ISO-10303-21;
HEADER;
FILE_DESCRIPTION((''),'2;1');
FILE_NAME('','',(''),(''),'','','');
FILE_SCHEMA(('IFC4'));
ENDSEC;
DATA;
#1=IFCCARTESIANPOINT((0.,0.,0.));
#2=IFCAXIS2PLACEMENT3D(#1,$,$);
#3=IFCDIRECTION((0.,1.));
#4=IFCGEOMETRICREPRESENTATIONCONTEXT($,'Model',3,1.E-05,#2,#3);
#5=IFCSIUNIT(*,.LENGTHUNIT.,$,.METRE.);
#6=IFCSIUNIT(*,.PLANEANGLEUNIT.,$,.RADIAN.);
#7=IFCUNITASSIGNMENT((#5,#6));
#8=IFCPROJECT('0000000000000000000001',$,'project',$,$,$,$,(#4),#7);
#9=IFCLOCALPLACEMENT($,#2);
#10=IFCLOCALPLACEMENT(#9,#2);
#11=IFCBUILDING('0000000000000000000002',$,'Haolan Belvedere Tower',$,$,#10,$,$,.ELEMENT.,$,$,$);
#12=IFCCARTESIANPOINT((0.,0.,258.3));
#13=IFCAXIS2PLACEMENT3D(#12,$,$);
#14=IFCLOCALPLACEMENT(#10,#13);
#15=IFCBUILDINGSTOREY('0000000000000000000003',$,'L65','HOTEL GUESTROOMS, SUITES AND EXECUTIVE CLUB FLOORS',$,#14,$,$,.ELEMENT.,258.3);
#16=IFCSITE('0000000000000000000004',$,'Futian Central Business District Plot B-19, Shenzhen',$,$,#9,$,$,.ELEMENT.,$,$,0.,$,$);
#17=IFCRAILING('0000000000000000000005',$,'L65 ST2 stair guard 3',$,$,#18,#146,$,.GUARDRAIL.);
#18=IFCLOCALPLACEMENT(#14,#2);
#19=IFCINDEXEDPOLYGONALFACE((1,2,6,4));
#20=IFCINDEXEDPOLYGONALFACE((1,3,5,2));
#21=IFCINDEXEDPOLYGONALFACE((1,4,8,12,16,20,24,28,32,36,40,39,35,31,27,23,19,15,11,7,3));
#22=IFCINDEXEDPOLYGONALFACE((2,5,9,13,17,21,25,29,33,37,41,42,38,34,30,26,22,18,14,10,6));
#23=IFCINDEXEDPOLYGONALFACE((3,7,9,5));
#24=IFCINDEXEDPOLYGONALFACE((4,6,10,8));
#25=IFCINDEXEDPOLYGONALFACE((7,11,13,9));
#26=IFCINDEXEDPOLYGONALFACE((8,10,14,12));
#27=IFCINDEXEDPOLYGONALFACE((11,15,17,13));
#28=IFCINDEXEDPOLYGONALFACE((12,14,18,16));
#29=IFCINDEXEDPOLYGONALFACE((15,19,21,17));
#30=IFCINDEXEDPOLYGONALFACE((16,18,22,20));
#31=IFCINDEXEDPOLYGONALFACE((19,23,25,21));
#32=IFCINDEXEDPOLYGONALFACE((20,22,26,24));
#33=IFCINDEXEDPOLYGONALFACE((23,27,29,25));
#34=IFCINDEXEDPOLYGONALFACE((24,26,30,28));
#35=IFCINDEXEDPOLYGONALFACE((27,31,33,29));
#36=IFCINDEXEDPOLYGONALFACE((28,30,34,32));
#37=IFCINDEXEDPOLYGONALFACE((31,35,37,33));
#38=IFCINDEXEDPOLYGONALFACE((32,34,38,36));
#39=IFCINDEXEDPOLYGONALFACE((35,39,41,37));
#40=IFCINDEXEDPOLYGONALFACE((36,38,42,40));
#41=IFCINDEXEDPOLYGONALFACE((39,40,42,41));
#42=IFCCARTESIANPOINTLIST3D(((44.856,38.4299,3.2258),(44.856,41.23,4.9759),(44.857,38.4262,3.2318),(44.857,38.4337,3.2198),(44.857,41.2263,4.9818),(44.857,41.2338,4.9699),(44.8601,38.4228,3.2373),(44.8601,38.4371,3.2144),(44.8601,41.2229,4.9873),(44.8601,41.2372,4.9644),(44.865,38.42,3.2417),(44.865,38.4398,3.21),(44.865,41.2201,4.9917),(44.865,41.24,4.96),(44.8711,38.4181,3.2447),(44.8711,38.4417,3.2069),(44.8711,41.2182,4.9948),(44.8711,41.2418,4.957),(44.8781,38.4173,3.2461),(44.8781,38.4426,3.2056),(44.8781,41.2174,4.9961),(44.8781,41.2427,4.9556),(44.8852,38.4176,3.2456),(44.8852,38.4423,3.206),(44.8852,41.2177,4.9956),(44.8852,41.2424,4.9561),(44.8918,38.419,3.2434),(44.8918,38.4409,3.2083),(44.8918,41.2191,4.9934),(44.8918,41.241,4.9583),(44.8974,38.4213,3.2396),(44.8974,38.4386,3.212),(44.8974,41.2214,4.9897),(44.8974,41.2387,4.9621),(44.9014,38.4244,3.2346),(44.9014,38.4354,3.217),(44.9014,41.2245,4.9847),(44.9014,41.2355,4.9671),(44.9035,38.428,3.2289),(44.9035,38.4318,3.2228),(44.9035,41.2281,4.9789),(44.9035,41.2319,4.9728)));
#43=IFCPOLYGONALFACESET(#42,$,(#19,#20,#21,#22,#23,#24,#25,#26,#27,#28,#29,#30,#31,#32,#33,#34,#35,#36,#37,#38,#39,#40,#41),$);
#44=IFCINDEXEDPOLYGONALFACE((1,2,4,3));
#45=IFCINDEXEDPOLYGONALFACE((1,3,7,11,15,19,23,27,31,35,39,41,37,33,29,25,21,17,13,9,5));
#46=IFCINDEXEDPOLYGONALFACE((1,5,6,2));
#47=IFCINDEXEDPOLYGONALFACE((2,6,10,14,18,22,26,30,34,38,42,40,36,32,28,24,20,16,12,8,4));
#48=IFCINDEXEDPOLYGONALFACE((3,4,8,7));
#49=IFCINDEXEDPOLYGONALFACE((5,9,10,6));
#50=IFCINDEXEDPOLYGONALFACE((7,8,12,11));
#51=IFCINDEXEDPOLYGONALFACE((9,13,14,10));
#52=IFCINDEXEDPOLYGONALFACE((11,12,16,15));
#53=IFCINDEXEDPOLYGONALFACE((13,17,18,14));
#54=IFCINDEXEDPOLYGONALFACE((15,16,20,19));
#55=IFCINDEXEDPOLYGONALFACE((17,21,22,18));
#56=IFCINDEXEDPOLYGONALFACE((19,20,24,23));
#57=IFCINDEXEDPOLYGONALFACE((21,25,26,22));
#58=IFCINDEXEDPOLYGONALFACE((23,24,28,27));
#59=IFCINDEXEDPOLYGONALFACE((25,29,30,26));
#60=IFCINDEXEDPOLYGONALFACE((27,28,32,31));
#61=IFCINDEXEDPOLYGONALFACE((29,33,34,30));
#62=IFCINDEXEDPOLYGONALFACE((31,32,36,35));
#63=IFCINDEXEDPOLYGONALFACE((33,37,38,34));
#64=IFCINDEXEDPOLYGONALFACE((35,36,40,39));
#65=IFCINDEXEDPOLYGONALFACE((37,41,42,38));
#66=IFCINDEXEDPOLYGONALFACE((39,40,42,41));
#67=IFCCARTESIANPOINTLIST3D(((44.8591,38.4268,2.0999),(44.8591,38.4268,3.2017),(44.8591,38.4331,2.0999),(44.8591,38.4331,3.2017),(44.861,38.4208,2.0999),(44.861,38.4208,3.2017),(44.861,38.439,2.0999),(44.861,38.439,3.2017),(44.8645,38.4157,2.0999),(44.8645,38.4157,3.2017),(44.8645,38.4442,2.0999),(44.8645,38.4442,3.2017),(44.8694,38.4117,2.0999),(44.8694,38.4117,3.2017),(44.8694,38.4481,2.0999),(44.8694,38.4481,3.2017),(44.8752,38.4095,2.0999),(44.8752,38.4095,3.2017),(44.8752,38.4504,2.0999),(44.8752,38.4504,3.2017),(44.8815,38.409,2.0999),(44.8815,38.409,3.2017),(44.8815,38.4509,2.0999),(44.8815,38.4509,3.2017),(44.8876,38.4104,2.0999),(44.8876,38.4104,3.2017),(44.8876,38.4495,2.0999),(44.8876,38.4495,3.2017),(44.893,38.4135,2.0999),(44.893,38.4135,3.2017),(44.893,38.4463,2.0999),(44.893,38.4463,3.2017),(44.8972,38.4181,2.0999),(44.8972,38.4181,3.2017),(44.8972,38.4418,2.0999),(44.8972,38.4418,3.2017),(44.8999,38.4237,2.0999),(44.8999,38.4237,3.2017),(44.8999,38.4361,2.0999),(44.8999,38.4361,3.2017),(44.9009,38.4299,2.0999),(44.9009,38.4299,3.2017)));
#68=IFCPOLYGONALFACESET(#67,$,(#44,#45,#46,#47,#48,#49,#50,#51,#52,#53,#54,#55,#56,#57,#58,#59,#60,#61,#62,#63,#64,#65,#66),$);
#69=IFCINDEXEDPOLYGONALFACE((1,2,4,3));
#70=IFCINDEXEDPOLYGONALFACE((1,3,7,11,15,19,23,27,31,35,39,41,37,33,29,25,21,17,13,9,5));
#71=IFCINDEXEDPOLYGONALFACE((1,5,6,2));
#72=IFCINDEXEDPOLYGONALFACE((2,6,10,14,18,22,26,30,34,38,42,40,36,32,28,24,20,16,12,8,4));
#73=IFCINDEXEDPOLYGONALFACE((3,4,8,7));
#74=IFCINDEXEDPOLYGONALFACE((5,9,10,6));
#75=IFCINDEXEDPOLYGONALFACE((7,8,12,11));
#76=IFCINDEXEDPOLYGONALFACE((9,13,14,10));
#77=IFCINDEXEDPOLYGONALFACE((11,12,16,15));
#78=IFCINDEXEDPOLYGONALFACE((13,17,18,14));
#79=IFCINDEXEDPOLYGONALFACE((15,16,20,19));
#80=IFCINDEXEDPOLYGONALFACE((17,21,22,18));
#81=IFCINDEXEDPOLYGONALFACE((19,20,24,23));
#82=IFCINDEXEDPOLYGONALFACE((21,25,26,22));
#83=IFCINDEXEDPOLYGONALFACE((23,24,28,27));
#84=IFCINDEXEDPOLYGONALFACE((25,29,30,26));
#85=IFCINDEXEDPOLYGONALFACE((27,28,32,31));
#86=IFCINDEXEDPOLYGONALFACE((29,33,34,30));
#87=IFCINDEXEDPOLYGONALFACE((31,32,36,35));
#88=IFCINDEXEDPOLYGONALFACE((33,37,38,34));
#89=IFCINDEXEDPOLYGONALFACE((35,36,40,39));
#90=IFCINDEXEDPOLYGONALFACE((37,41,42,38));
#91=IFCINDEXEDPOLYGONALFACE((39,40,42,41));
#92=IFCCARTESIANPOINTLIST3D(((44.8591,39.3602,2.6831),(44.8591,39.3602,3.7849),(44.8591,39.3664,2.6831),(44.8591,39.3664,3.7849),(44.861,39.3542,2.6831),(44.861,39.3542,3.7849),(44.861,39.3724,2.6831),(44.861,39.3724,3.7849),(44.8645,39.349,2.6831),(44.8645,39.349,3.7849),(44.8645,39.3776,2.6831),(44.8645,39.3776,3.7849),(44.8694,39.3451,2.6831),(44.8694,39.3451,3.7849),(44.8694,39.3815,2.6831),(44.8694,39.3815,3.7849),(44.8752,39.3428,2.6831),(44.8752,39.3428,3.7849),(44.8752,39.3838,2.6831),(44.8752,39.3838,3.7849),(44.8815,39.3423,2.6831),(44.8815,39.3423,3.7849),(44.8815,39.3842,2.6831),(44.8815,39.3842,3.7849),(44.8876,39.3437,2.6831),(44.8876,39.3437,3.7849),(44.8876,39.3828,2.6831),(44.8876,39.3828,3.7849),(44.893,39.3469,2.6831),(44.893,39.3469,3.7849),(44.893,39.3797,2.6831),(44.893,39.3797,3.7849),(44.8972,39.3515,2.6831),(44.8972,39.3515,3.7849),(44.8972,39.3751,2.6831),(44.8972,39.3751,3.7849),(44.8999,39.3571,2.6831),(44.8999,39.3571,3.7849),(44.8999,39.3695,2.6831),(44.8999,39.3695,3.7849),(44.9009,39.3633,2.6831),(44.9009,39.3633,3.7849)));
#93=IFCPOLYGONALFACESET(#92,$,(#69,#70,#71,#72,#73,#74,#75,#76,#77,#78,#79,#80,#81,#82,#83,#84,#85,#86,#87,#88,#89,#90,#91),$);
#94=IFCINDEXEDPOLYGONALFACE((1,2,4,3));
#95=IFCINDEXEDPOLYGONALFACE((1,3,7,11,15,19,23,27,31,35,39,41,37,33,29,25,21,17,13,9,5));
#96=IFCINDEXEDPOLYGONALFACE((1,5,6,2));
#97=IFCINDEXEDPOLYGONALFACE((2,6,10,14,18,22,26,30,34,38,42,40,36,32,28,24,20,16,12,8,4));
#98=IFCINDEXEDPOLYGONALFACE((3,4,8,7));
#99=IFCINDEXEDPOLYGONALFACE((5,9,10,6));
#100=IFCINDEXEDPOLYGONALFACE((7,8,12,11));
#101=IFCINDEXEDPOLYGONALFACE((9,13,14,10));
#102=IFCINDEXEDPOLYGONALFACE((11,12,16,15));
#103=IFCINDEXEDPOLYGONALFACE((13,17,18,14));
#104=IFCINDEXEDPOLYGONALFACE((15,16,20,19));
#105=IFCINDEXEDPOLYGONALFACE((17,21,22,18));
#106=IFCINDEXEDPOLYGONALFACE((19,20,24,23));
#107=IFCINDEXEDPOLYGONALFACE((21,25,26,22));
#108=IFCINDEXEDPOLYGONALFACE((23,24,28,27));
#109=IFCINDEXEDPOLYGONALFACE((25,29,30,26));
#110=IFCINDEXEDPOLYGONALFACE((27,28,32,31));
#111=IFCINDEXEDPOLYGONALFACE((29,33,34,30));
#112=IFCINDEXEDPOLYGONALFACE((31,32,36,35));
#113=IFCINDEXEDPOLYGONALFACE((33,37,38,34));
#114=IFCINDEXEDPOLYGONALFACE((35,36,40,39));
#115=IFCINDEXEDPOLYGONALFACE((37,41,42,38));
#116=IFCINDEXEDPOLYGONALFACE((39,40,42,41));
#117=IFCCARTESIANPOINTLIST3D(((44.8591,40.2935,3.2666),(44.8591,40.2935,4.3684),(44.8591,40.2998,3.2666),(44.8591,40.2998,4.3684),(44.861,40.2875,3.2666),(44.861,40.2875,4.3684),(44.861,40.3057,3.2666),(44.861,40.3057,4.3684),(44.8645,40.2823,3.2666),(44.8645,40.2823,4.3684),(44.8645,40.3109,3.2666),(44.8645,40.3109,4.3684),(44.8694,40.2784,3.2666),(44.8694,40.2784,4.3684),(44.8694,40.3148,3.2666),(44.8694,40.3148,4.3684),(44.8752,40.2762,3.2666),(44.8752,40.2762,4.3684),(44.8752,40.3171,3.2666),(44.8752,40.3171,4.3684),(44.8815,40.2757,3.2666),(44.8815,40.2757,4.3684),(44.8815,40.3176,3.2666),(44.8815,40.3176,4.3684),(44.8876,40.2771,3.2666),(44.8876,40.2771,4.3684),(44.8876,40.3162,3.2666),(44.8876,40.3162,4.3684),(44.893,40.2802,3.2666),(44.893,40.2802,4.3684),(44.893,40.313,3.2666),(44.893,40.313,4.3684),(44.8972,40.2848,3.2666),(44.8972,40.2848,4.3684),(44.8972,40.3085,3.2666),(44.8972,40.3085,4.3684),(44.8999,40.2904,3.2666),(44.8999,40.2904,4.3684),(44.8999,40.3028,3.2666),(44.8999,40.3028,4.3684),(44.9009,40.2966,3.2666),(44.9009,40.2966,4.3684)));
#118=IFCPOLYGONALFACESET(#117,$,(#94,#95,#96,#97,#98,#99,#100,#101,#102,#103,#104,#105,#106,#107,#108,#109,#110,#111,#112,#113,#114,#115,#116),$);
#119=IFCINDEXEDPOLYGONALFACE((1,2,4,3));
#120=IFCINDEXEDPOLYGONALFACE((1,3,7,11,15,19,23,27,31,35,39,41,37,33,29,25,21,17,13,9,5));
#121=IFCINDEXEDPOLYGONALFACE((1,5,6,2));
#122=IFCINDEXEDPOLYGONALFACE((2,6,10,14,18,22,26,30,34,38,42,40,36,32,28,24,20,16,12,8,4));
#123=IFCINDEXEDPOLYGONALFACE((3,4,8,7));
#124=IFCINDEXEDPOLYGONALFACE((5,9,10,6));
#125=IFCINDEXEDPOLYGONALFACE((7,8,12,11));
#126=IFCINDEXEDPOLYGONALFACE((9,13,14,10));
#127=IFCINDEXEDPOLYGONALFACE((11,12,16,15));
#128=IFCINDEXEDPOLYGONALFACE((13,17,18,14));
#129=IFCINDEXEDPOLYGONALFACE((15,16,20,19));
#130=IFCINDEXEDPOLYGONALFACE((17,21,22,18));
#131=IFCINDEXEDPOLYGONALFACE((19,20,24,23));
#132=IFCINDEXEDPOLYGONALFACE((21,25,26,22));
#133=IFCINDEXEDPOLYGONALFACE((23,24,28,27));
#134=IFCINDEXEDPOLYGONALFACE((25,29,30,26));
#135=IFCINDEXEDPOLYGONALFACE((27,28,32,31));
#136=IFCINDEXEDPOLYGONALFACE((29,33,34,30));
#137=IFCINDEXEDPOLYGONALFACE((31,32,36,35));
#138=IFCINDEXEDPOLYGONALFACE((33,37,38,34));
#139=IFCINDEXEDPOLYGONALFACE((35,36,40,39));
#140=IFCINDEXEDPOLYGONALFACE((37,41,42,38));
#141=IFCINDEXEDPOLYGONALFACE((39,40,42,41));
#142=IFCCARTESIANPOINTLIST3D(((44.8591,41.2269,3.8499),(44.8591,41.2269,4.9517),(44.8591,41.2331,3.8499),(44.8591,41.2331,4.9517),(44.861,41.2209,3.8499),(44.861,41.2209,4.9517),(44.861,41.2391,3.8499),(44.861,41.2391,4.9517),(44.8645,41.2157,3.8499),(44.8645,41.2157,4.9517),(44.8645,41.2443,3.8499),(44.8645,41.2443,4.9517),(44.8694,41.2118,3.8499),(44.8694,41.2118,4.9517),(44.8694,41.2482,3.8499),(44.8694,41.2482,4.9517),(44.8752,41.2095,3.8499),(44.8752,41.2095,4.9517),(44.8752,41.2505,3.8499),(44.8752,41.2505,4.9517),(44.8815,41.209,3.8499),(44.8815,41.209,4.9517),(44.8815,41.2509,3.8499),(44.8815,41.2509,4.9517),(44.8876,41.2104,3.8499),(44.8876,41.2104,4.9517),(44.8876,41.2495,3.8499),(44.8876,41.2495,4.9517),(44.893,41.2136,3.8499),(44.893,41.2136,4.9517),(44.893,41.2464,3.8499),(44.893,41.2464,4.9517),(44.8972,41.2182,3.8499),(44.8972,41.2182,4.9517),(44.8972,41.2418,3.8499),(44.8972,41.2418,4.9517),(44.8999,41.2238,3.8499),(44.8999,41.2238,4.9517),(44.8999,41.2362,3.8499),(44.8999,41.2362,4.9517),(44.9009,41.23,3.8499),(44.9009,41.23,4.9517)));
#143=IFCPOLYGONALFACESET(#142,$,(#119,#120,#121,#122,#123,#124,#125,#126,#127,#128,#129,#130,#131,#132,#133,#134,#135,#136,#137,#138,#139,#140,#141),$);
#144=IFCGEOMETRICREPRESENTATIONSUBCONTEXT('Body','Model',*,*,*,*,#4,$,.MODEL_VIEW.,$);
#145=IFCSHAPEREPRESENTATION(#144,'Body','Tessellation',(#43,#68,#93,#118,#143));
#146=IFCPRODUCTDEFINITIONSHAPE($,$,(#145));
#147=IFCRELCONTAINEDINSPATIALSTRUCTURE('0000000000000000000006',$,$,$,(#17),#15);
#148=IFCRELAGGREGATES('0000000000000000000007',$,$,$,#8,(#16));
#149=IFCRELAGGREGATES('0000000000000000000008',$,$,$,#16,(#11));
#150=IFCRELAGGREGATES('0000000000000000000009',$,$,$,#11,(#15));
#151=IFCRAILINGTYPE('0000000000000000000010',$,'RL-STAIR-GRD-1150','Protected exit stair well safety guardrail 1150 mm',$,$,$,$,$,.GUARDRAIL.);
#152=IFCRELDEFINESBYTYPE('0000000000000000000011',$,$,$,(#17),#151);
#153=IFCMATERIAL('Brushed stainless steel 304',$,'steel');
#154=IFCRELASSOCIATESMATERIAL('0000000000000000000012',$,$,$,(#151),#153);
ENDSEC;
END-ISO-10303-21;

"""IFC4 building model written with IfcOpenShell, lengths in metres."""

from ifc_helpers import new_model, si_unit, direction, frame, origin, origin_2d, place, context, subcontext, project, spatial, circle, extrude, material, type_object, element, save


model = new_model("IFC4")

# Units and contexts
model_context = context("Model", 3, precision=1e-05, world=origin(), true_north=direction((0.0, 1.0)))
body_context = subcontext(model_context, "Body", "Model", "MODEL_VIEW")
ifc_project = project(units=[si_unit("LENGTHUNIT", "METRE"), si_unit("PLANEANGLEUNIT", "RADIAN")], contexts=[model_context])

# Site, building, storey
site_placement = place(None, origin())
site = spatial("IfcSite", under=ifc_project, at=site_placement, Name="Futian Central Business District Plot B-19, Shenzhen", CompositionType="ELEMENT", RefElevation=0.0)
building_placement = place(site_placement, origin())
building = spatial("IfcBuilding", under=site, at=building_placement, Name="Haolan Belvedere Tower", CompositionType="ELEMENT")
storey_placement = place(building_placement, frame((0.0, 0.0, 258.3)))
storey = spatial("IfcBuildingStorey", under=building, at=storey_placement, Name="L65", Description="HOTEL GUESTROOMS, SUITES AND EXECUTIVE CLUB FLOORS", CompositionType="ELEMENT", Elevation=258.3)

# Railing
ifc_material_1 = material(Name="Brushed stainless steel 304", Category="steel")
railing_type_1 = type_object("IfcRailingType", Name="RL-STAIR-GRD-1150", Description="Protected exit stair well safety guardrail 1150 mm", PredefinedType="GUARDRAIL", material=ifc_material_1)
railing_1_placement = place(storey_placement, frame((44.8799, 38.4299, 2.0999)))
element("IfcRailing", 1, at=railing_1_placement, inside=storey, type_object=railing_type_1, Name="L65 ST2 stair guard 3", PredefinedType="GUARDRAIL", context=body_context, shape_type="SweptSolid", body=[
    extrude(circle(Radius=0.0239, at=origin_2d()), frame((0.0, 0.0, 1.126), z_axis=(0.0, 0.848002, 0.529992), x_axis=(-1.0, 0.0, 0.0)), (0.0, 0.0, 1.0), 3.302),
    extrude(circle(Radius=0.021, at=origin_2d()), origin(), (0.0, 0.0, 1.0), 1.1018),
    extrude(circle(Radius=0.021, at=origin_2d()), frame((0.0, 0.9333, 0.5833)), (0.0, 0.0, 1.0), 1.1018),
    extrude(circle(Radius=0.021, at=origin_2d()), frame((0.0, 1.8667, 1.1667)), (0.0, 0.0, 1.0), 1.1018),
    extrude(circle(Radius=0.021, at=origin_2d()), frame((0.0, 2.8, 1.75)), (0.0, 0.0, 1.0), 1.1018),
])

save(model, "model.ifc")
